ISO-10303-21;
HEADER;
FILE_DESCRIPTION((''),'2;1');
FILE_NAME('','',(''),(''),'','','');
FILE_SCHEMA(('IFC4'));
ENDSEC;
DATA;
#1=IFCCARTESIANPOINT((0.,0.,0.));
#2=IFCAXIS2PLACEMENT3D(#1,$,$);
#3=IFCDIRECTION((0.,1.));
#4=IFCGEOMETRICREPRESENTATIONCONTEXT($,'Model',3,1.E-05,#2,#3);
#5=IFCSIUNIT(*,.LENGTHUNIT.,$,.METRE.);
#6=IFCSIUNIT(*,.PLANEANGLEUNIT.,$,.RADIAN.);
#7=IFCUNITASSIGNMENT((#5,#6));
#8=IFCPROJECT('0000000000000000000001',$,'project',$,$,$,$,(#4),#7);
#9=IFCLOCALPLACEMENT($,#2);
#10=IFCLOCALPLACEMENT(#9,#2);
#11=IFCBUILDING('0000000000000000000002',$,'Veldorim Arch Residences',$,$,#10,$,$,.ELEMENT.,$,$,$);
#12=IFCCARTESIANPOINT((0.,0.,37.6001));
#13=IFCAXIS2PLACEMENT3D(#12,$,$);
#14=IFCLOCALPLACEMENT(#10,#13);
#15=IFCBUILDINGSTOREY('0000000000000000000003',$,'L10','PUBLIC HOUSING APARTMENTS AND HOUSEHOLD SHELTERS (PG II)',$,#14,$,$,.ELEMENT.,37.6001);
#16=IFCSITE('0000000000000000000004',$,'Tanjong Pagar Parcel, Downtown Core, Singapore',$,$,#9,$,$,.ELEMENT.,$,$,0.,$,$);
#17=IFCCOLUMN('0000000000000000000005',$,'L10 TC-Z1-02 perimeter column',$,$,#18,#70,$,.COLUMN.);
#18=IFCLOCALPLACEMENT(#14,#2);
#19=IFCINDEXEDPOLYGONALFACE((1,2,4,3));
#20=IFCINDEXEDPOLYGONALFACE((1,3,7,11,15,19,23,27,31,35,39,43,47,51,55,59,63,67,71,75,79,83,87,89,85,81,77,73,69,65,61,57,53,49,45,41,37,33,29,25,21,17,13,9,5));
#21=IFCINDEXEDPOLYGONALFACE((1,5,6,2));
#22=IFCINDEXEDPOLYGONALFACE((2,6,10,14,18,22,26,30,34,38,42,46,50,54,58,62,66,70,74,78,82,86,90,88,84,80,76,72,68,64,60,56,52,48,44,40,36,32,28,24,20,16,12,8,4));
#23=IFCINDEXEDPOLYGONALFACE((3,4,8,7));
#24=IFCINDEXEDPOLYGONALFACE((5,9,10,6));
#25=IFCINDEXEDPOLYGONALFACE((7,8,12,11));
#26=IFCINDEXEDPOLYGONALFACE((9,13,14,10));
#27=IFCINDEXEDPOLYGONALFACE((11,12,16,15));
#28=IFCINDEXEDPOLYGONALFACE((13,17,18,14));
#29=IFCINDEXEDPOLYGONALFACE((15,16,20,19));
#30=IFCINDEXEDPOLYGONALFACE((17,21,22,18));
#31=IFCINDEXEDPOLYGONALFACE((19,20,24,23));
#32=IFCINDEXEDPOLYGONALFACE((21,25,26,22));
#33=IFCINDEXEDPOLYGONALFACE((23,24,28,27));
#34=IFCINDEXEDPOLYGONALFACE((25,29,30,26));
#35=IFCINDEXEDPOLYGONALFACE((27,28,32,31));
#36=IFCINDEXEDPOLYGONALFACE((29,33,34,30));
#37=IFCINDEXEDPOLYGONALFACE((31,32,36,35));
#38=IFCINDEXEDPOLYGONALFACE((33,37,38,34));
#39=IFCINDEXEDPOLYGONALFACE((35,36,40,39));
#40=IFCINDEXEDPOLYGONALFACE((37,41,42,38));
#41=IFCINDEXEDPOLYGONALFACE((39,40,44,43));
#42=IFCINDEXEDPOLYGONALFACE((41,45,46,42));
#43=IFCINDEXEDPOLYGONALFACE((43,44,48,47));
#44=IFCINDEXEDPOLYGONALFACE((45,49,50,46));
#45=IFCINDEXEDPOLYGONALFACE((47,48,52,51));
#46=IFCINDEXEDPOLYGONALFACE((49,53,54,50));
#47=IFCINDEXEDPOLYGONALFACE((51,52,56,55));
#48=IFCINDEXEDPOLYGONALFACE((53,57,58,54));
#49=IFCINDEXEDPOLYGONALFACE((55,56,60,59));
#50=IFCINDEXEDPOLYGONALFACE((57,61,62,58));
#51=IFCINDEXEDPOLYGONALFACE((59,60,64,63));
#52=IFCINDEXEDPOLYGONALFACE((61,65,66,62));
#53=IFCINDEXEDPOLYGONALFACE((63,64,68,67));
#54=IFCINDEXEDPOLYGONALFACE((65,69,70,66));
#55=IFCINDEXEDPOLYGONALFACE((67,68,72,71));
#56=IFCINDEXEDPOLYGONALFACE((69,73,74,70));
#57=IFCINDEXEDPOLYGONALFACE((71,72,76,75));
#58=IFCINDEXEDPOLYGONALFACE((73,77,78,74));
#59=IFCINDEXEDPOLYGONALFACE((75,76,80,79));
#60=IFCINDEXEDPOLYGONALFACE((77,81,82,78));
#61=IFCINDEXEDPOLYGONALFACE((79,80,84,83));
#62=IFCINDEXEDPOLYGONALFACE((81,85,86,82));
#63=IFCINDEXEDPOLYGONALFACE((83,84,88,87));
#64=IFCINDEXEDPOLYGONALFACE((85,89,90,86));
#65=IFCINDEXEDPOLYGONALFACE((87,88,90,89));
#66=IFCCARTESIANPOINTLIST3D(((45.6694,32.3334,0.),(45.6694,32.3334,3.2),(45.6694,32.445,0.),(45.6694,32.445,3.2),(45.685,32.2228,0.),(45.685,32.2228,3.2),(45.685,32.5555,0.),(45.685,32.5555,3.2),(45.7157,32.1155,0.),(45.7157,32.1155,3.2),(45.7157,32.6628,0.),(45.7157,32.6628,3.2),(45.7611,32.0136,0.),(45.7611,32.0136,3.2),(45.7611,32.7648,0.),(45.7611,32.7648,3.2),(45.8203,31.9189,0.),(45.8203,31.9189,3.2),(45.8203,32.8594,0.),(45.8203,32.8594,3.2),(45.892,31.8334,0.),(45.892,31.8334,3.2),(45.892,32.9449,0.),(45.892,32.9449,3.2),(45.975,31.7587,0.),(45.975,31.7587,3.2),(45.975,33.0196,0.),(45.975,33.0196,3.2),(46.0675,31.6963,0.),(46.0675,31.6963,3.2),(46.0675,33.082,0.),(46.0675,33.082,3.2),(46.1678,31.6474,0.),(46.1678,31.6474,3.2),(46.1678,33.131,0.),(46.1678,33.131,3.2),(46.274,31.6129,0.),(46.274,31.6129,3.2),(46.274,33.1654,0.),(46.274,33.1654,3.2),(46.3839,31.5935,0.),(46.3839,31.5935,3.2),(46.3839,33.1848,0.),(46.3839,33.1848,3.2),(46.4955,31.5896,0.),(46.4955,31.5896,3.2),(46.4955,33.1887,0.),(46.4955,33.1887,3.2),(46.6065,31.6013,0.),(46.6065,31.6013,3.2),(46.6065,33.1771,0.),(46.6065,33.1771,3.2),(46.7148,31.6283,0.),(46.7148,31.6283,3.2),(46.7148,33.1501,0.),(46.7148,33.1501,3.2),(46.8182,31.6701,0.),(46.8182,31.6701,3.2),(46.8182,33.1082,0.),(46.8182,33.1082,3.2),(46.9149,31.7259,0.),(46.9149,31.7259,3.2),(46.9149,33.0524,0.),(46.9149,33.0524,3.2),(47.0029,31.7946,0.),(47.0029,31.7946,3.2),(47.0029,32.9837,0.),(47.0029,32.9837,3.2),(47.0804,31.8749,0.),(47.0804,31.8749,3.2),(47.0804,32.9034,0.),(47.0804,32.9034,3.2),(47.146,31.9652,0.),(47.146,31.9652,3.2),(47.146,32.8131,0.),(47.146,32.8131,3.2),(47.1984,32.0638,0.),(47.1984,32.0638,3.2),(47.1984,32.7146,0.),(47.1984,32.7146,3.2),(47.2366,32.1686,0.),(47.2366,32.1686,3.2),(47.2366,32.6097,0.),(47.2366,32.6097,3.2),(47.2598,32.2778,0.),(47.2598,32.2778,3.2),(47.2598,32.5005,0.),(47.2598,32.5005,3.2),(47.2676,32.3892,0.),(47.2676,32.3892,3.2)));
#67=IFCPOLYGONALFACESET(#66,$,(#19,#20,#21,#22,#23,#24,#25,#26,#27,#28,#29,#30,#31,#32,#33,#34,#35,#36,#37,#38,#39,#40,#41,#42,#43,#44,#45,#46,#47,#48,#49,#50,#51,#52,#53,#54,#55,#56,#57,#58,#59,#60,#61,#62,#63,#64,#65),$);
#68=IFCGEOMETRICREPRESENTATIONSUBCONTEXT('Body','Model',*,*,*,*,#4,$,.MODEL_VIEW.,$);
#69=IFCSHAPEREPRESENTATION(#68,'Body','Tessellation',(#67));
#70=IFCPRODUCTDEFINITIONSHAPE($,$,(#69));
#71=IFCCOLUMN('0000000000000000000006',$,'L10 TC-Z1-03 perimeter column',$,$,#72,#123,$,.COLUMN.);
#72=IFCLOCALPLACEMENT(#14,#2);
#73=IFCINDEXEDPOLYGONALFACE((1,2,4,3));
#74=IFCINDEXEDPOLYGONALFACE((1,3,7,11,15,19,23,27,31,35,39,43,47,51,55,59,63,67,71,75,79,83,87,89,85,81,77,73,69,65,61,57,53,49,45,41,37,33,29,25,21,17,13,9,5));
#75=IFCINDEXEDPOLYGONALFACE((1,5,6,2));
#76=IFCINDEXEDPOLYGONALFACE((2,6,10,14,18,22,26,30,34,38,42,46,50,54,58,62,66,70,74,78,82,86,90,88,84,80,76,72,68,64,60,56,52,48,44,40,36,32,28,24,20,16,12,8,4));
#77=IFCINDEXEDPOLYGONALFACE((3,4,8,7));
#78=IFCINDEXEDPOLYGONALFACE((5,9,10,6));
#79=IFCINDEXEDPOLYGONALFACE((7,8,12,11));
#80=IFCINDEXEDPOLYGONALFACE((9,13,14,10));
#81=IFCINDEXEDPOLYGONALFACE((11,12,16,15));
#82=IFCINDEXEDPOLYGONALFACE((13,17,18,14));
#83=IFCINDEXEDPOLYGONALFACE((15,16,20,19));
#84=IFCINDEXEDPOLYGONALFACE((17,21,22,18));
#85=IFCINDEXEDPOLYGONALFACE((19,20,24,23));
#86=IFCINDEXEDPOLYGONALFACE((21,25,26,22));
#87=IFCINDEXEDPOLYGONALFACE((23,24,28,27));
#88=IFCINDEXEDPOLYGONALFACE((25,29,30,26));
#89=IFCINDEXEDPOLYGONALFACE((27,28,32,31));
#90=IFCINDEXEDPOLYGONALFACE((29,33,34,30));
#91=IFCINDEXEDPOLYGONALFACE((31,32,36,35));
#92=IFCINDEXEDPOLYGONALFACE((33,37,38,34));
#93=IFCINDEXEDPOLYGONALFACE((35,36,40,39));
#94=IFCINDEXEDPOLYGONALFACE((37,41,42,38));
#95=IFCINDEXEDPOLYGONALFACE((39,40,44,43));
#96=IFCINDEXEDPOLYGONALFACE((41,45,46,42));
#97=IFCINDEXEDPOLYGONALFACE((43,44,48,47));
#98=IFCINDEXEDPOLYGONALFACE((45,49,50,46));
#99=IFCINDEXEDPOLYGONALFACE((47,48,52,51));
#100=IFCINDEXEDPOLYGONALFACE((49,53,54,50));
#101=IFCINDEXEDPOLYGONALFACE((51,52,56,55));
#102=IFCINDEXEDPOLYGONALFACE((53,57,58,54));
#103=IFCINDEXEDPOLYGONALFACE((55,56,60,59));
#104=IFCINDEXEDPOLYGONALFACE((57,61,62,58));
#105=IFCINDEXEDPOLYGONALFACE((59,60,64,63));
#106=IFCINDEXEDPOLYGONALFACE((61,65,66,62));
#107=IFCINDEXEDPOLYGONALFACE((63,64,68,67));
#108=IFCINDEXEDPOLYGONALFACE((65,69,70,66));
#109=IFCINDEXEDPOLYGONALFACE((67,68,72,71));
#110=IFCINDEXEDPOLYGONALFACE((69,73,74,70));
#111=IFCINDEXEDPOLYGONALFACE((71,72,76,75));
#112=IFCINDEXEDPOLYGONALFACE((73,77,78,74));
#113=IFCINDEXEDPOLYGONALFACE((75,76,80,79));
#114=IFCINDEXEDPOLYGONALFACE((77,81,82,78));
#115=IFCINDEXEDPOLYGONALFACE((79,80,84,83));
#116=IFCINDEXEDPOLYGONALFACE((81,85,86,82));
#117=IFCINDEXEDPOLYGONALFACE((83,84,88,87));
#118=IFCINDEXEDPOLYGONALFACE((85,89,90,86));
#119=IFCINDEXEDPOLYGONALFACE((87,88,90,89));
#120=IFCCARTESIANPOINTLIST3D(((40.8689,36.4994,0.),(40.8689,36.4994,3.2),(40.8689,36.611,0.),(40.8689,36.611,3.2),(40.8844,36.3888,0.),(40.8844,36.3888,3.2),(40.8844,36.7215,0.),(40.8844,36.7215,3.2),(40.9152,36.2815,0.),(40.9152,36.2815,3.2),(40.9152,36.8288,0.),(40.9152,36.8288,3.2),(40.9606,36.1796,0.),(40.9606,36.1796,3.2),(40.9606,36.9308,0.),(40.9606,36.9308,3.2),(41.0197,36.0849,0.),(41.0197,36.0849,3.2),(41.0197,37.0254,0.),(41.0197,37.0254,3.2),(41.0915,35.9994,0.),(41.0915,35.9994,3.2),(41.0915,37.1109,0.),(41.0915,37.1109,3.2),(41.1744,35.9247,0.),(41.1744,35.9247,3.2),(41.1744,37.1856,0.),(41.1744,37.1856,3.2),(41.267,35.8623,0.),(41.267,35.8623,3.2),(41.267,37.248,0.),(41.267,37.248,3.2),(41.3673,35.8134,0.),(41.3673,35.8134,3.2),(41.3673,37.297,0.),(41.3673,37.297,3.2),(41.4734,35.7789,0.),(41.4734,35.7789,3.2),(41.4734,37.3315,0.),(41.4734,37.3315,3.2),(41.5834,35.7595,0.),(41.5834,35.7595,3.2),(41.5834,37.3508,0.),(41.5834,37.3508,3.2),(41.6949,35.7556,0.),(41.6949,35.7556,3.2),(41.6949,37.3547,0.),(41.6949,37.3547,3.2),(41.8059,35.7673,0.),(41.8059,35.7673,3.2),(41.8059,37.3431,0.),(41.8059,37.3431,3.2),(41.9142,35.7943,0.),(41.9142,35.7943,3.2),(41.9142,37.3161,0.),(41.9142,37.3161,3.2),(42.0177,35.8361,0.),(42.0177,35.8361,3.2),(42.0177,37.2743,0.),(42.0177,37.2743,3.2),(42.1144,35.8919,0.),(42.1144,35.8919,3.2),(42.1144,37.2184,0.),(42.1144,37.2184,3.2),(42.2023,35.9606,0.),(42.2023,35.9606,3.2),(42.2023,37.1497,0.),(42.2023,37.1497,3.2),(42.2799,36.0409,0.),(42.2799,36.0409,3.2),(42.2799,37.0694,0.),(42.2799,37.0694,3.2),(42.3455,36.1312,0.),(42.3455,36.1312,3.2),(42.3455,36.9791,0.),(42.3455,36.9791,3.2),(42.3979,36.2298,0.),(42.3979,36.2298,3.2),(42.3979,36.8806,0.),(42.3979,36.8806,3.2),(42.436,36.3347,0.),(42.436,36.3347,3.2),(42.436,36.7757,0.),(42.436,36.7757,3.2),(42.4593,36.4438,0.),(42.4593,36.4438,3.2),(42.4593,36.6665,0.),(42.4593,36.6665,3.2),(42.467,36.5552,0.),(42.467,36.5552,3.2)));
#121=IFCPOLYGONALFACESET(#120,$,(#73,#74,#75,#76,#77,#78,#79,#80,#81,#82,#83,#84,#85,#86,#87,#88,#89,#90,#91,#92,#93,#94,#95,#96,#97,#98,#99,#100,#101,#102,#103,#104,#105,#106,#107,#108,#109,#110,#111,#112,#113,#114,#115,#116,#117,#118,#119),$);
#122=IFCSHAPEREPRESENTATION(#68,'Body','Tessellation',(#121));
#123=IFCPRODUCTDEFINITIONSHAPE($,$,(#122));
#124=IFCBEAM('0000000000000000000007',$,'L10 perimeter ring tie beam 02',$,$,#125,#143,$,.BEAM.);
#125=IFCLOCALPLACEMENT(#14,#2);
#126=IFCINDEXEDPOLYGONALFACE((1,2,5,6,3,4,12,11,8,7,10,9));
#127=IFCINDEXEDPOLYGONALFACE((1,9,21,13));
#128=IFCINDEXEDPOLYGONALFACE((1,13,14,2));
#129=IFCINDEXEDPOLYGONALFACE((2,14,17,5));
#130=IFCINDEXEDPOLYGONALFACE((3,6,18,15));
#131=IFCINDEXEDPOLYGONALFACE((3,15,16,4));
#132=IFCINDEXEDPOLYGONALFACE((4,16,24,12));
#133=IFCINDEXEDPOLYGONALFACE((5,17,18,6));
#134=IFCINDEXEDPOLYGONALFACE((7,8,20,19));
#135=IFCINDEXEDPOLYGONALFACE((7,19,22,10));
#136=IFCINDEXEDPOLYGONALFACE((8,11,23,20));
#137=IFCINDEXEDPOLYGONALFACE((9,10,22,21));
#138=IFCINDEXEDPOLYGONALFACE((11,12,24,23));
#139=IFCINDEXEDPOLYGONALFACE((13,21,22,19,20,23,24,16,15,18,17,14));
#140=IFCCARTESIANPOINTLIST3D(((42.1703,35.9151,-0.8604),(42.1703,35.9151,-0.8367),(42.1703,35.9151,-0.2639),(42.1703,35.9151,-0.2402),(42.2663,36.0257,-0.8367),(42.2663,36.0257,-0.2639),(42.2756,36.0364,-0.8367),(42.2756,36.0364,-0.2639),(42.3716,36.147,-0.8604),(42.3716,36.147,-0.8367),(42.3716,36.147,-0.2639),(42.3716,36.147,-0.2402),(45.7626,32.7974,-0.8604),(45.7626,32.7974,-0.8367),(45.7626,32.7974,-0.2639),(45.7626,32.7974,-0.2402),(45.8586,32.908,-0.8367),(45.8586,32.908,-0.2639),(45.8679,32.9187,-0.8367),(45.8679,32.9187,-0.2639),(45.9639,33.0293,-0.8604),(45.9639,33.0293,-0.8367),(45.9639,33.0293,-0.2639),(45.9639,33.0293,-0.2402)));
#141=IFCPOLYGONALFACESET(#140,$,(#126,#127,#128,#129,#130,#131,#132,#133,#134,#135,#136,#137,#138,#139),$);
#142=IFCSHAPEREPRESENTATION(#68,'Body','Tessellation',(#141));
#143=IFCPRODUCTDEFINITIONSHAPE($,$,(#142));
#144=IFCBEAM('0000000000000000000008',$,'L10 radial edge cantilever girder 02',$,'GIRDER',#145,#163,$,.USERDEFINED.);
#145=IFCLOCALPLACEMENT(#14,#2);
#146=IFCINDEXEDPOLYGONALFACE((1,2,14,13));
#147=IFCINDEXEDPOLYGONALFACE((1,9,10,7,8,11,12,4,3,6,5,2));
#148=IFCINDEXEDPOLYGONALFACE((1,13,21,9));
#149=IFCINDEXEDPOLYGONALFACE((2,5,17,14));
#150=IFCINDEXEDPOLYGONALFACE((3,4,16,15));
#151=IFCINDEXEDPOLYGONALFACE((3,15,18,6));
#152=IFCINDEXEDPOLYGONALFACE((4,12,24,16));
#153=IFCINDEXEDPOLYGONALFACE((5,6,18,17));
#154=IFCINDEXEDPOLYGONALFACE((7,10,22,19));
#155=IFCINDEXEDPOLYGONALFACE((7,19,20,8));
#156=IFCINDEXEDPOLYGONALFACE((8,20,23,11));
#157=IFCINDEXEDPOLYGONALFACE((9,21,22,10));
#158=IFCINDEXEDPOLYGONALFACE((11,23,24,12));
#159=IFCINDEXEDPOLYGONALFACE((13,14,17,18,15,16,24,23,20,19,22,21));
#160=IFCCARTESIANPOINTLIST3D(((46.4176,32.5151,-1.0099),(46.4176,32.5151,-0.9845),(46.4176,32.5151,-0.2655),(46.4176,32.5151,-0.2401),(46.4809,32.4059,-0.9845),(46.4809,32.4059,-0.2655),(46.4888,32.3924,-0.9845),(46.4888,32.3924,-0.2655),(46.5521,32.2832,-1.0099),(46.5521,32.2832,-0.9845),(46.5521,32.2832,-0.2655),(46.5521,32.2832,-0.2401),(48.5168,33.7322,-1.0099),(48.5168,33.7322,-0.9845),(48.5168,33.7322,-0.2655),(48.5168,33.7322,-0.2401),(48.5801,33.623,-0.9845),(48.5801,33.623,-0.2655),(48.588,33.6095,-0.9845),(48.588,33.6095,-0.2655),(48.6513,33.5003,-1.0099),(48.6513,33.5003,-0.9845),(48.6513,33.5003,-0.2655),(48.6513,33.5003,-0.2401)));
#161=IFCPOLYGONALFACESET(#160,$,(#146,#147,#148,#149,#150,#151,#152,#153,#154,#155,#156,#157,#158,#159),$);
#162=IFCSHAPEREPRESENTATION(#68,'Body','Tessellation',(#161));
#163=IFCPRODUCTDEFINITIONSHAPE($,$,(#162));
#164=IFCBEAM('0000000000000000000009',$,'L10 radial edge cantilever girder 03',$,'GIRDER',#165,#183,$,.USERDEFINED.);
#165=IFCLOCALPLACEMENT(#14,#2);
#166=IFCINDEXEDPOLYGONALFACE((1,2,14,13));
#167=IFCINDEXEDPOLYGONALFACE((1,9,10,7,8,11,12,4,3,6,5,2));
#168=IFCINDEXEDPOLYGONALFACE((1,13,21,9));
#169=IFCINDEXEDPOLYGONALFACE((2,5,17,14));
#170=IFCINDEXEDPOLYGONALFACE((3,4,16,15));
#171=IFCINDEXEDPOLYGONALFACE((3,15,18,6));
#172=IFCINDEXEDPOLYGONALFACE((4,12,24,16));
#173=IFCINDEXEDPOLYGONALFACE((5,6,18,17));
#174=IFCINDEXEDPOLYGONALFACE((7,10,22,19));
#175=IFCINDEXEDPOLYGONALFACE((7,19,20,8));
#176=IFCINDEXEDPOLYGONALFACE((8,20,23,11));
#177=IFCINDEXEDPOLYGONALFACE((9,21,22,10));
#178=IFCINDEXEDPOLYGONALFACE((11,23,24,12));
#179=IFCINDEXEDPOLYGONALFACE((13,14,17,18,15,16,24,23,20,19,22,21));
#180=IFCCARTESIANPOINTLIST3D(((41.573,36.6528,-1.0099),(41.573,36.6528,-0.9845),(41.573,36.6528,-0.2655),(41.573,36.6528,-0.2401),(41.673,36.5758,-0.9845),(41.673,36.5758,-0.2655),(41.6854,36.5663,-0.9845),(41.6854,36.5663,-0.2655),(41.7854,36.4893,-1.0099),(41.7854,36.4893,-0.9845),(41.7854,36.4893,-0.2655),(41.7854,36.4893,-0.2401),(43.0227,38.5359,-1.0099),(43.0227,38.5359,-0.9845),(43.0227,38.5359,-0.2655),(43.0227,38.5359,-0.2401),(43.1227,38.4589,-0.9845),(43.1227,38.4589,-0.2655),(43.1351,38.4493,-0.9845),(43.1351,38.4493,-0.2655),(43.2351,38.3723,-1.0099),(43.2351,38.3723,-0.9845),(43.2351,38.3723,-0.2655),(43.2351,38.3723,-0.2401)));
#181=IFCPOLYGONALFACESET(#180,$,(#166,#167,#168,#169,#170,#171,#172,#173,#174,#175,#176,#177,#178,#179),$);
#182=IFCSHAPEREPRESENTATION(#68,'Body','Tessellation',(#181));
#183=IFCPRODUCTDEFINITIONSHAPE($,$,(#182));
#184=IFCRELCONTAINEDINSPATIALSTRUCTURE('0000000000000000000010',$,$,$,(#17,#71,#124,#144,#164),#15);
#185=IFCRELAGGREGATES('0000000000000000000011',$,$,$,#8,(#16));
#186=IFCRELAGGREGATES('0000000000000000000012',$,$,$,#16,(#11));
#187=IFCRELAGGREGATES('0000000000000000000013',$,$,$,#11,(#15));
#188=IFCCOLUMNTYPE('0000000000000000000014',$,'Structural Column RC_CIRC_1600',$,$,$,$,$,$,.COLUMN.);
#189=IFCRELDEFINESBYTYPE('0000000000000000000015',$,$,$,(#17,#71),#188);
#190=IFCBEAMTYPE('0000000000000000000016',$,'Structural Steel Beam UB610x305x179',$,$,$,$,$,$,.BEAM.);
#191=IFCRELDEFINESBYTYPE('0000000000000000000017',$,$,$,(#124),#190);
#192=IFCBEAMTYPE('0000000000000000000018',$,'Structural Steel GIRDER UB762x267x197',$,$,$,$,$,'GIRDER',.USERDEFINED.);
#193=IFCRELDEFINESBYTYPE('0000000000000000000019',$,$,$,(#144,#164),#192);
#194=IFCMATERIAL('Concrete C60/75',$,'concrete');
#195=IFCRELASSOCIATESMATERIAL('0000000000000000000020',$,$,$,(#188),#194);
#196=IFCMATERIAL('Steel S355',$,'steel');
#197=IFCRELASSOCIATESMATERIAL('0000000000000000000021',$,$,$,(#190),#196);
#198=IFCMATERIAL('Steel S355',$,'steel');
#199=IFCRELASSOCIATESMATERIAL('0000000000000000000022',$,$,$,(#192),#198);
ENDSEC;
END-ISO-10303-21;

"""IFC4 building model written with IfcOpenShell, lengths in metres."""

from ifc_helpers import new_model, si_unit, direction, frame, origin, origin_2d, place, context, subcontext, project, spatial, circle, i_section, extrude, material, material_profile, profile_set, type_object, element, save


model = new_model("IFC4")

# Units and contexts
model_context = context("Model", 3, precision=1e-05, world=origin(), true_north=direction((0.0, 1.0)))
body_context = subcontext(model_context, "Body", "Model", "MODEL_VIEW")
ifc_project = project(units=[si_unit("LENGTHUNIT", "METRE"), si_unit("PLANEANGLEUNIT", "RADIAN")], contexts=[model_context])

# Site, building, storey
site_placement = place(None, origin())
site = spatial("IfcSite", under=ifc_project, at=site_placement, Name="Tanjong Pagar Parcel, Downtown Core, Singapore", CompositionType="ELEMENT", RefElevation=0.0)
building_placement = place(site_placement, origin())
building = spatial("IfcBuilding", under=site, at=building_placement, Name="Veldorim Arch Residences", CompositionType="ELEMENT")
storey_placement = place(building_placement, frame((0.0, 0.0, 37.6001)))
storey = spatial("IfcBuildingStorey", under=building, at=storey_placement, Name="L10", Description="PUBLIC HOUSING APARTMENTS AND HOUSEHOLD SHELTERS (PG II)", CompositionType="ELEMENT", Elevation=37.6001)

# Columns
ifc_material_1 = material(Name="Concrete C60/75", Category="concrete")
ifc_material_profile_1 = material_profile(ifc_material_1, circle(Radius=0.8, at=origin_2d()), Name="RC_CIRC_1600")
ifc_profile_set_1 = profile_set([ifc_material_profile_1], Name="Concrete C60/75")
column_type = type_object("IfcColumnType", Name="Structural Column RC_CIRC_1600", PredefinedType="COLUMN", material=ifc_profile_set_1)
for number, where, z_axis, x_axis, name in (
    (1, (46.4675, 32.3892, 0.0), (0.0, 0.0, 1.0), (1.0, 0.0, 0.0), "L10 TC-Z1-02 perimeter column"),
    (2, (41.667, 36.5552, 0.0), (0.0, 0.0, 1.0), (1.0, 0.0, 0.0), "L10 TC-Z1-03 perimeter column"),
):
    element("IfcColumn", number, at=place(storey_placement, frame(where, z_axis=z_axis, x_axis=x_axis)), inside=storey, type_object=column_type, Name=name, PredefinedType="COLUMN", context=body_context, shape_type="SweptSolid", body=[
        extrude(circle(Radius=0.8, at=origin_2d()), origin(), (0.0, 0.0, 1.0), 3.2),
    ])

# Beams
ifc_material_2 = material(Name="Steel S355", Category="steel")
ifc_material_profile_2 = material_profile(ifc_material_2, i_section(OverallWidth=0.3071, OverallDepth=0.6201, WebThickness=0.0142, FlangeThickness=0.0237, at=origin_2d()), Name="UB610x305x179")
ifc_profile_set_2 = profile_set([ifc_material_profile_2], Name="Steel S355")
beam_type_1 = type_object("IfcBeamType", Name="Structural Steel Beam UB610x305x179", PredefinedType="BEAM", material=ifc_profile_set_2)
beam_1_placement = place(storey_placement, frame((45.8633, 32.9133, -0.5503), z_axis=(-0.755235, 0.655454, 0.0), x_axis=(-0.655454, -0.755235, 0.0)))
element("IfcBeam", 3, at=beam_1_placement, inside=storey, type_object=beam_type_1, Name="L10 perimeter ring tie beam 02", PredefinedType="BEAM", context=body_context, shape_type="SweptSolid", body=[
    extrude(i_section(OverallWidth=0.3071, OverallDepth=0.6201, WebThickness=0.0142, FlangeThickness=0.0237, at=origin_2d()), origin(), (0.0, 0.0, 1.0), 4.7566),
])
ifc_material_3 = material(Name="Steel S355", Category="steel")
ifc_material_profile_3 = material_profile(ifc_material_3, i_section(OverallWidth=0.2681, OverallDepth=0.7698, WebThickness=0.0156, FlangeThickness=0.0254, at=origin_2d()), Name="UB762x267x197")
ifc_profile_set_3 = profile_set([ifc_material_profile_3], Name="Steel S355")
beam_type_2 = type_object("IfcBeamType", Name="Structural Steel GIRDER UB762x267x197", ElementType="GIRDER", PredefinedType="USERDEFINED", material=ifc_profile_set_3)
beam_2_placement = place(storey_placement, frame((46.4849, 32.3992, -0.625), z_axis=(0.865112, 0.50158, 0.0), x_axis=(-0.50158, 0.865112, 0.0)))
element("IfcBeam", 4, at=beam_2_placement, inside=storey, type_object=beam_type_2, Name="L10 radial edge cantilever girder 02", ObjectType="GIRDER", PredefinedType="USERDEFINED", context=body_context, shape_type="SweptSolid", body=[
    extrude(i_section(OverallWidth=0.2681, OverallDepth=0.7698, WebThickness=0.0156, FlangeThickness=0.0254, at=origin_2d()), origin(), (0.0, 0.0, 1.0), 2.4265),
])
beam_3_placement = place(storey_placement, frame((41.6792, 36.571, -0.625), z_axis=(0.610028, 0.79238, 0.0), x_axis=(-0.79238, 0.610028, 0.0)))
element("IfcBeam", 5, at=beam_3_placement, inside=storey, type_object=beam_type_2, Name="L10 radial edge cantilever girder 03", ObjectType="GIRDER", PredefinedType="USERDEFINED", context=body_context, shape_type="SweptSolid", body=[
    extrude(i_section(OverallWidth=0.2681, OverallDepth=0.7698, WebThickness=0.0156, FlangeThickness=0.0254, at=origin_2d()), origin(), (0.0, 0.0, 1.0), 2.3765),
])

save(model, "model.ifc")
